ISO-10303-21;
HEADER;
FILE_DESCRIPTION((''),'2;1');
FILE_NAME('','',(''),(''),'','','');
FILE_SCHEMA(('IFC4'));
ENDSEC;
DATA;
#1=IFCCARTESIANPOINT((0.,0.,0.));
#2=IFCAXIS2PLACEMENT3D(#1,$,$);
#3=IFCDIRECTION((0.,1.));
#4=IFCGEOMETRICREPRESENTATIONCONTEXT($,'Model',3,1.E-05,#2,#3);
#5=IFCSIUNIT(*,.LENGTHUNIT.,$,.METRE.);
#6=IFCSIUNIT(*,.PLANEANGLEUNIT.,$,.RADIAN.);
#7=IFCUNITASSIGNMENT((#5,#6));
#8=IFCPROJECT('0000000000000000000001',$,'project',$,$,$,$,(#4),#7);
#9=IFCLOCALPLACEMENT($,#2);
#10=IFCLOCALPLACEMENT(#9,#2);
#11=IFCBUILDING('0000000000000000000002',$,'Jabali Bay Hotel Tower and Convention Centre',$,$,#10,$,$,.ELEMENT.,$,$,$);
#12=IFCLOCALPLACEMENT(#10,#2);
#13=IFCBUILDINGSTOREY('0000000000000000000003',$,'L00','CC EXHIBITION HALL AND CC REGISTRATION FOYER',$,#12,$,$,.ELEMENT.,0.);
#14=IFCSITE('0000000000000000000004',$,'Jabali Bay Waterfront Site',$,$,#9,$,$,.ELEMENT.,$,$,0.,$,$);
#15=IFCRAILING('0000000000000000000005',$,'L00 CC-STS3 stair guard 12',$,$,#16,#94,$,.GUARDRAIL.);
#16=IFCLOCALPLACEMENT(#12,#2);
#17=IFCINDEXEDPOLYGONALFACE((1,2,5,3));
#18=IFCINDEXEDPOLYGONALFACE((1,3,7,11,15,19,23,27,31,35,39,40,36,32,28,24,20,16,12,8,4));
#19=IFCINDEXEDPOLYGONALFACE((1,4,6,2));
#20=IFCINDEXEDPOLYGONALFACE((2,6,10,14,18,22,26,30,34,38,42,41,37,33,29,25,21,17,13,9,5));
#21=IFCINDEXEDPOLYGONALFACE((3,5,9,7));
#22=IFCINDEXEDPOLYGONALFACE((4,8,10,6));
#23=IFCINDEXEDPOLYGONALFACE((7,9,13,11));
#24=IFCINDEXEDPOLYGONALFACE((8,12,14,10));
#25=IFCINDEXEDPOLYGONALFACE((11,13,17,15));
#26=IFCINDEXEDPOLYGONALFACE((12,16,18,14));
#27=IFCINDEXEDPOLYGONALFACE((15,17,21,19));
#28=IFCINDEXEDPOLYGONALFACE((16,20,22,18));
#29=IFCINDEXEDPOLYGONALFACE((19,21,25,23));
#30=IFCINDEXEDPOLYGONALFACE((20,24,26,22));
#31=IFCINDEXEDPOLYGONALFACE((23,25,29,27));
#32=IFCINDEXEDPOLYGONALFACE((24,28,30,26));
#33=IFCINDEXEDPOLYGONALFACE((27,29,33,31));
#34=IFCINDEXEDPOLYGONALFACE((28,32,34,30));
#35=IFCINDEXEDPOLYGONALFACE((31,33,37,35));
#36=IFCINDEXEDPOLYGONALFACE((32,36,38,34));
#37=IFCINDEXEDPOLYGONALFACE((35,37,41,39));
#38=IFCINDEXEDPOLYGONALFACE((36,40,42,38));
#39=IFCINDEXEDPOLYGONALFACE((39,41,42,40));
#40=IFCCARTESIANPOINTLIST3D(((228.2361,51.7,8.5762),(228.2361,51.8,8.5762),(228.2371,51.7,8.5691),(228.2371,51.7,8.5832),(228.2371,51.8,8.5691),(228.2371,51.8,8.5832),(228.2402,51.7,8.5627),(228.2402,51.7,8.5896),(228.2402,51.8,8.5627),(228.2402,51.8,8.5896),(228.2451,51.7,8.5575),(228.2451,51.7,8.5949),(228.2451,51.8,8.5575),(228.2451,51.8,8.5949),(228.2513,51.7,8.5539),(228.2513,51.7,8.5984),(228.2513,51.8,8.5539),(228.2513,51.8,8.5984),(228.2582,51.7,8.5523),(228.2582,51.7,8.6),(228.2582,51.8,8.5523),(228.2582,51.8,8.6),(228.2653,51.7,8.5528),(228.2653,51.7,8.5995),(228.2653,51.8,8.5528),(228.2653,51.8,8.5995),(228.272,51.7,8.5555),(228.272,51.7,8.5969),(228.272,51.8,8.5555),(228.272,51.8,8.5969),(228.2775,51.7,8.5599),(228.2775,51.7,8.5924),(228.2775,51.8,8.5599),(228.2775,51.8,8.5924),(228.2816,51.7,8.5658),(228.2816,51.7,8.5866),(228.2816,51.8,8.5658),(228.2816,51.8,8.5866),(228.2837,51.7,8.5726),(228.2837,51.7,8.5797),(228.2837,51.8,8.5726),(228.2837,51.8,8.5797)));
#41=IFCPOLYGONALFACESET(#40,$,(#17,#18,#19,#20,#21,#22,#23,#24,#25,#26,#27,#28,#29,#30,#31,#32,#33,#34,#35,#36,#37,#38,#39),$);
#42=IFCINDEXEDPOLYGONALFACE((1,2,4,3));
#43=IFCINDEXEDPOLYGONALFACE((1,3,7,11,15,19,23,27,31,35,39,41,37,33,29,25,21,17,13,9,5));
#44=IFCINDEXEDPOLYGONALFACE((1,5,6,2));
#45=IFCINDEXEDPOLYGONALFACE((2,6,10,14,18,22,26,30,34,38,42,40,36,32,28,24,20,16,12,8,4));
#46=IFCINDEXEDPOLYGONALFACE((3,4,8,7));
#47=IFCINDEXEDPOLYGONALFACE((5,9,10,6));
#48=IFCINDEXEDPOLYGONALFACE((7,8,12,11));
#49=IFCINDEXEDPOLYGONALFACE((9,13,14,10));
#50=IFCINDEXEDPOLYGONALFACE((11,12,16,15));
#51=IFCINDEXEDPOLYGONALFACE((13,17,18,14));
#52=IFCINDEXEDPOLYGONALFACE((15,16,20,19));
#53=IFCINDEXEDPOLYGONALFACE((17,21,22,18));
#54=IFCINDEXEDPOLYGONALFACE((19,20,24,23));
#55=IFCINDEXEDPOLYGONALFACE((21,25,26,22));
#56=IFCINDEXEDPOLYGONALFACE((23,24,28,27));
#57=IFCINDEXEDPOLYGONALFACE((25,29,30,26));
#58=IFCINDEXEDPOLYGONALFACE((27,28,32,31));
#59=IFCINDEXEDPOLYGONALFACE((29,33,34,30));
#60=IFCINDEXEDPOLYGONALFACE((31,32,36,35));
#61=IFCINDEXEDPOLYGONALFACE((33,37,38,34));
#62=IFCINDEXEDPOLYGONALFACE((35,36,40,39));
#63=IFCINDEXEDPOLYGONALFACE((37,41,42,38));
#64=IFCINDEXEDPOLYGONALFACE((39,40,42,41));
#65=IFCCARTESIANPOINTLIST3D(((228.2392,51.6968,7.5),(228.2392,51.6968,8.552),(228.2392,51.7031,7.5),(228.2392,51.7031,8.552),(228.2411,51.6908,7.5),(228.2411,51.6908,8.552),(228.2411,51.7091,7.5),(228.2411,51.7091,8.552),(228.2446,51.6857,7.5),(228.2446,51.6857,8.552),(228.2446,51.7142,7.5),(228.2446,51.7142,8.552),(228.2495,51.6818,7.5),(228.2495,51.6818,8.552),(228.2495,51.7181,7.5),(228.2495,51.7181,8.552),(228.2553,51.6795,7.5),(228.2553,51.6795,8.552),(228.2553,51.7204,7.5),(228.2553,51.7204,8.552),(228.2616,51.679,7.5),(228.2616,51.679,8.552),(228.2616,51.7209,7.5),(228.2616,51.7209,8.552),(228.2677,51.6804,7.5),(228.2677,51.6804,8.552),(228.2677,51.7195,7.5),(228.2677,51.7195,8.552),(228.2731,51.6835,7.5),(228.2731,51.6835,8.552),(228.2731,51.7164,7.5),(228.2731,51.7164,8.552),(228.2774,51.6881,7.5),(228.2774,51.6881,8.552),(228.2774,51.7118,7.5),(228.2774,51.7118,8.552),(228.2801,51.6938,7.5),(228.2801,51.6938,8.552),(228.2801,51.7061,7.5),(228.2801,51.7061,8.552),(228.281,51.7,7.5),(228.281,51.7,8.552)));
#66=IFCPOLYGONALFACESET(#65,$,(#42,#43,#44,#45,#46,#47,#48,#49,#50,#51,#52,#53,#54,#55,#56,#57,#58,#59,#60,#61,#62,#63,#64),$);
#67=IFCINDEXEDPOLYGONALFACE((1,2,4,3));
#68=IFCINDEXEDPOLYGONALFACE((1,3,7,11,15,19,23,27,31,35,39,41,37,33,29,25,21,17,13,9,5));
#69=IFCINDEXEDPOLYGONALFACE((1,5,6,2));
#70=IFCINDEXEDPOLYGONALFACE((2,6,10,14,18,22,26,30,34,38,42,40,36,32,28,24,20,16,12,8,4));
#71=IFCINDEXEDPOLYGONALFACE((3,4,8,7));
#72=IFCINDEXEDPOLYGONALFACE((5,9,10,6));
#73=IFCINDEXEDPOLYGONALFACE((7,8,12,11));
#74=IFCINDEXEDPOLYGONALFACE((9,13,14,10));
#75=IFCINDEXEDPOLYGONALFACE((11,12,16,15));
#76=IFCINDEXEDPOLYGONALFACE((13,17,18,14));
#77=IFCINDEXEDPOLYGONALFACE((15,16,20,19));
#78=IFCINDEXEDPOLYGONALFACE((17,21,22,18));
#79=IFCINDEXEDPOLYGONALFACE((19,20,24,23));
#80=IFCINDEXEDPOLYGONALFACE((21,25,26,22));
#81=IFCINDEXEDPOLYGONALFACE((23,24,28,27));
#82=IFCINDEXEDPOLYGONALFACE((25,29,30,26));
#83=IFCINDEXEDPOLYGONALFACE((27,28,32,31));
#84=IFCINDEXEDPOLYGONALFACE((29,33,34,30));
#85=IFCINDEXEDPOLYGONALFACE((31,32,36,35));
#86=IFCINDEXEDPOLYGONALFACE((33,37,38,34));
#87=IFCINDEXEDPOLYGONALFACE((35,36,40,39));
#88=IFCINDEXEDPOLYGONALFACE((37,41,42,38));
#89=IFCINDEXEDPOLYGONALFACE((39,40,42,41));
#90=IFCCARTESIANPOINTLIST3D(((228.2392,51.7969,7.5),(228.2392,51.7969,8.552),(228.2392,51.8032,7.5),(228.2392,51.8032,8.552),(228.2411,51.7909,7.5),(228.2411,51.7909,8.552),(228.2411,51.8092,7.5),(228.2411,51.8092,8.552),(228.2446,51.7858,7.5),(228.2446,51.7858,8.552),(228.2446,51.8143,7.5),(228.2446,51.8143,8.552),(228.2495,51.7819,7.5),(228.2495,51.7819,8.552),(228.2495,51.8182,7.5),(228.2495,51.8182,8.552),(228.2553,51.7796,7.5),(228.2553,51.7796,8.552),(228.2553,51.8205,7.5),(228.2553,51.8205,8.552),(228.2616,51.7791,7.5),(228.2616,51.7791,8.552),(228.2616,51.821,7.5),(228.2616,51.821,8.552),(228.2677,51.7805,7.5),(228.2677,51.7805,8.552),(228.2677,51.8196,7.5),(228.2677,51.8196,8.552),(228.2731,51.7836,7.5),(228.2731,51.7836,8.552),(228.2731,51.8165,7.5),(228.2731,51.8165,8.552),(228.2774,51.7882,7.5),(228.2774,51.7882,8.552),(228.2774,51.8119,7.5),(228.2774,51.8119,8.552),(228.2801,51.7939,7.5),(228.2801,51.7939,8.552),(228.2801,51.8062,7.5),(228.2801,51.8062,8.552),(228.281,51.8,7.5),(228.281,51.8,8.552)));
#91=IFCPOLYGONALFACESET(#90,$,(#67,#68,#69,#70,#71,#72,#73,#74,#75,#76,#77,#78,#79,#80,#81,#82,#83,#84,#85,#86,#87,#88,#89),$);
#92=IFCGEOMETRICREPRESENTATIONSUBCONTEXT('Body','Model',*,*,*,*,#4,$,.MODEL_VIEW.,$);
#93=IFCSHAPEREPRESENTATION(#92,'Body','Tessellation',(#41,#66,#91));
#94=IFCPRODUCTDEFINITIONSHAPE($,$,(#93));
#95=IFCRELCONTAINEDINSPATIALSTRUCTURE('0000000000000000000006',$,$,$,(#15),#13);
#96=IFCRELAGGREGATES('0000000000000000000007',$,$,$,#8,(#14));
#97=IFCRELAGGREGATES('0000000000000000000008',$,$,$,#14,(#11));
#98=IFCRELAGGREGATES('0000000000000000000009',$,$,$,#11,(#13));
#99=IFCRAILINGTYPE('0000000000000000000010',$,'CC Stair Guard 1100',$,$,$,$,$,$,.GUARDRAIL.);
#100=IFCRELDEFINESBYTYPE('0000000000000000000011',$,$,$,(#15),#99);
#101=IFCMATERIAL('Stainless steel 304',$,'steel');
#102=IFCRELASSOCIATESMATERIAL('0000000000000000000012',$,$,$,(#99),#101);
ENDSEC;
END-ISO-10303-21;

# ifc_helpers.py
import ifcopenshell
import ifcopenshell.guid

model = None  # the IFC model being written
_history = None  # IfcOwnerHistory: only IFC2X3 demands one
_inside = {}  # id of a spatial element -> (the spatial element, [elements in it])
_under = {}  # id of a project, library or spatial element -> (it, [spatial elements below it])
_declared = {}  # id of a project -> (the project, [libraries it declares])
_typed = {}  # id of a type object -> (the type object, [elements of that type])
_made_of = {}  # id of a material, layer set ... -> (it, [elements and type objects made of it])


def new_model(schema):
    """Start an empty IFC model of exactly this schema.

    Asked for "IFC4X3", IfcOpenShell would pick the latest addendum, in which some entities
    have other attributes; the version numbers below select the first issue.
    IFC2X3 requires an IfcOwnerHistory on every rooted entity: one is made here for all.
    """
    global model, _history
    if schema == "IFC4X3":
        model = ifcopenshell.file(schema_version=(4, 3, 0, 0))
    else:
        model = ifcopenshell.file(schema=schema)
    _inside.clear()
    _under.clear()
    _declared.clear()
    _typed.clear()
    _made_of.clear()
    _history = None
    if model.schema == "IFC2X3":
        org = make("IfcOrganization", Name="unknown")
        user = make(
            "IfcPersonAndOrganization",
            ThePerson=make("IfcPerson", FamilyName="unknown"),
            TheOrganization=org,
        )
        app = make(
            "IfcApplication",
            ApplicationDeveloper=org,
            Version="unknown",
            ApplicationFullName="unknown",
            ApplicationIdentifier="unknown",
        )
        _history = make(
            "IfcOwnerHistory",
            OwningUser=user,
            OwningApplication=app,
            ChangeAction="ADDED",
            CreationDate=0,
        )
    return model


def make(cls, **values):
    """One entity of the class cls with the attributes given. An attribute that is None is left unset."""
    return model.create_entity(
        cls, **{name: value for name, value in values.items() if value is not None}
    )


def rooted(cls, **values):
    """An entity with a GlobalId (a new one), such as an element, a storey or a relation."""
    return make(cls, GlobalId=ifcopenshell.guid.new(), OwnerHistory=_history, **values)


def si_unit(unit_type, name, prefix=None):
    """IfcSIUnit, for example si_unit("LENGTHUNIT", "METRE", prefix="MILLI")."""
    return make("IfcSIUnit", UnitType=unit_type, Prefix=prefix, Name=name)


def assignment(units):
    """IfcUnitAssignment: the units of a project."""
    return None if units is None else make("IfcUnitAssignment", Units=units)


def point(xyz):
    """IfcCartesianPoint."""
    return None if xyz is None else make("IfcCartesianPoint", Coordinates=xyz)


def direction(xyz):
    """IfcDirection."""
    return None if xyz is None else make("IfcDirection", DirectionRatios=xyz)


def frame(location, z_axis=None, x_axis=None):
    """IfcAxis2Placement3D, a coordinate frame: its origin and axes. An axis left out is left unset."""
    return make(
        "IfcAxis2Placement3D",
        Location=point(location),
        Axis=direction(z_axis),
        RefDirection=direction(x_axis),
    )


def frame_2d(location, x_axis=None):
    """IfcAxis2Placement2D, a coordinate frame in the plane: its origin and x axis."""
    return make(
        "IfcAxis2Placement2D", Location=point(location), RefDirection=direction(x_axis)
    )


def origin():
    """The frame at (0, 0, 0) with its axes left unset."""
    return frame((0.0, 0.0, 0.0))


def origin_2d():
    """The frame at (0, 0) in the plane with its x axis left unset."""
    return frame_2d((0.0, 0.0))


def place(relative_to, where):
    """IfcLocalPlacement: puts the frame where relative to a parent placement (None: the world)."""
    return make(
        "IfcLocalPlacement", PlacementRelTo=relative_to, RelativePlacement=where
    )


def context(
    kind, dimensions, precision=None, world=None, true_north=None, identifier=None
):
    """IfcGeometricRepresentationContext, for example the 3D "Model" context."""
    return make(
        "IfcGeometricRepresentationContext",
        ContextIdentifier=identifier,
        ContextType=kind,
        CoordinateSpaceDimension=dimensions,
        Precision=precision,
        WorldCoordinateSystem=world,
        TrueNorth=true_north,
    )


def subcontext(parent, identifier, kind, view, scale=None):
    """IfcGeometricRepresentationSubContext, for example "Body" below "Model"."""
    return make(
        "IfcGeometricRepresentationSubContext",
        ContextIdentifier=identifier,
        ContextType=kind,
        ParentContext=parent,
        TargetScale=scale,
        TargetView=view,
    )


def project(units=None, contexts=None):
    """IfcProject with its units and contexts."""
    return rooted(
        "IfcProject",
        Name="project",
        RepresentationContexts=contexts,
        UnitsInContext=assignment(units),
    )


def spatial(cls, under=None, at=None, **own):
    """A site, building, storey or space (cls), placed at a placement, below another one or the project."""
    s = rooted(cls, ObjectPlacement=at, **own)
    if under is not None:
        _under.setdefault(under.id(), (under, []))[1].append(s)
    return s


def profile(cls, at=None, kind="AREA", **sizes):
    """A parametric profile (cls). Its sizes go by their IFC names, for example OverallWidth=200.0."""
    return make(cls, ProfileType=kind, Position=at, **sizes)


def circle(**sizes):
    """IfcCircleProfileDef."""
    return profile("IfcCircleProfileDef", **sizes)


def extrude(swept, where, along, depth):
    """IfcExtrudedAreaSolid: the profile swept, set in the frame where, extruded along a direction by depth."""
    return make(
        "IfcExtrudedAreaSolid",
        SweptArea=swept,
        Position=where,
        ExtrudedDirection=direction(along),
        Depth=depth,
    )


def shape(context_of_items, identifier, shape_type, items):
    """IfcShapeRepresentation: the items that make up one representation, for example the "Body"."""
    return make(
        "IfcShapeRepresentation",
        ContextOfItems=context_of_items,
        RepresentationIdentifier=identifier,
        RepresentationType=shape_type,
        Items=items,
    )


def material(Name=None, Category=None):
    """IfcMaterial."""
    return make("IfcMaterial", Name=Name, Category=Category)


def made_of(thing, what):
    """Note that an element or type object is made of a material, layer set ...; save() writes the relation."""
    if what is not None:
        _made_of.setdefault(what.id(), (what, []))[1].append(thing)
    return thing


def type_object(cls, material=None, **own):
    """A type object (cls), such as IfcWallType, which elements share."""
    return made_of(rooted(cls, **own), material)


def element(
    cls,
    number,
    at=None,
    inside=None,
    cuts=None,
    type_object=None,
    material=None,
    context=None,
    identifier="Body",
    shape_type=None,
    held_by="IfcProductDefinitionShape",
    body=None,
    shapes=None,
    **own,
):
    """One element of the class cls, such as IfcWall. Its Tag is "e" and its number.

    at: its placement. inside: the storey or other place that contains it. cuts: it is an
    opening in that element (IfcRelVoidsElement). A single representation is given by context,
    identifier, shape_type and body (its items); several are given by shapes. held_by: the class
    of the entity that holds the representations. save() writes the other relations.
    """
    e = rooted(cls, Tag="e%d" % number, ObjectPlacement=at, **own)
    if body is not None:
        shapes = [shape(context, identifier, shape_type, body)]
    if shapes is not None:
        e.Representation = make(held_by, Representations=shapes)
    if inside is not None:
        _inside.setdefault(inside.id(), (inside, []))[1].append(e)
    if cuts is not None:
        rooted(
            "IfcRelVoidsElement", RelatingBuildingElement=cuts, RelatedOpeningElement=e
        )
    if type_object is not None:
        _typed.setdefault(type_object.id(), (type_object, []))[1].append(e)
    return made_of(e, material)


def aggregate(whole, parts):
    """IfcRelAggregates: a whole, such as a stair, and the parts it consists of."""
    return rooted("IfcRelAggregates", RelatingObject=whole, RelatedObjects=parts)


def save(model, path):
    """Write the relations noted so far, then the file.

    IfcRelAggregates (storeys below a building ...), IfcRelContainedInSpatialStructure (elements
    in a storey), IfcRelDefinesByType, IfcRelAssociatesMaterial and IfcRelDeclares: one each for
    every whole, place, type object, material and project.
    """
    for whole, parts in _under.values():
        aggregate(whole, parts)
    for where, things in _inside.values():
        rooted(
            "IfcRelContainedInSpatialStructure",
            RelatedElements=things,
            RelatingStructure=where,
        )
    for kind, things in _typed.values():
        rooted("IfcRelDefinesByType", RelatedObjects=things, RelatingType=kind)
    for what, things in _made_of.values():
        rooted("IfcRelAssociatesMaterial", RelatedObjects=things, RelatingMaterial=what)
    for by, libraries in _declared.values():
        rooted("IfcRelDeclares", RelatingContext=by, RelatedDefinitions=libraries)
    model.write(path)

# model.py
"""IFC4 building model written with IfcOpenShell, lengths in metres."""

from ifc_helpers import new_model, si_unit, direction, frame, origin, origin_2d, place, context, subcontext, project, spatial, circle, extrude, material, type_object, element, save


model = new_model("IFC4")

# Units and contexts
model_context = context("Model", 3, precision=1e-05, world=origin(), true_north=direction((0.0, 1.0)))
body_context = subcontext(model_context, "Body", "Model", "MODEL_VIEW")
ifc_project = project(units=[si_unit("LENGTHUNIT", "METRE"), si_unit("PLANEANGLEUNIT", "RADIAN")], contexts=[model_context])

# Site, building, storey
site_placement = place(None, origin())
site = spatial("IfcSite", under=ifc_project, at=site_placement, Name="Jabali Bay Waterfront Site", CompositionType="ELEMENT", RefElevation=0.0)
building_placement = place(site_placement, origin())
building = spatial("IfcBuilding", under=site, at=building_placement, Name="Jabali Bay Hotel Tower and Convention Centre", CompositionType="ELEMENT")
storey_placement = place(building_placement, origin())
storey = spatial("IfcBuildingStorey", under=building, at=storey_placement, Name="L00", Description="CC EXHIBITION HALL AND CC REGISTRATION FOYER", CompositionType="ELEMENT", Elevation=0.0)

# Railing
ifc_material_1 = material(Name="Stainless steel 304", Category="steel")
railing_type_1 = type_object("IfcRailingType", Name="CC Stair Guard 1100", PredefinedType="GUARDRAIL", material=ifc_material_1)
railing_1_placement = place(storey_placement, frame((228.26, 51.7, 7.5)))
element("IfcRailing", 1, at=railing_1_placement, inside=storey, type_object=railing_type_1, Name="L00 CC-STS3 stair guard 12", PredefinedType="GUARDRAIL", context=body_context, shape_type="SweptSolid", body=[
    extrude(circle(Radius=0.0239, at=origin_2d()), frame((0.0, 0.0, 1.0762), z_axis=(0.0, 1.0, 0.0), x_axis=(-1.0, 0.0, 0.0)), (0.0, 0.0, 1.0), 0.1001),
    extrude(circle(Radius=0.021, at=origin_2d()), origin(), (0.0, 0.0, 1.0), 1.052),
    extrude(circle(Radius=0.021, at=origin_2d()), frame((0.0, 0.1001, 0.0)), (0.0, 0.0, 1.0), 1.052),
])

save(model, "model.ifc")
